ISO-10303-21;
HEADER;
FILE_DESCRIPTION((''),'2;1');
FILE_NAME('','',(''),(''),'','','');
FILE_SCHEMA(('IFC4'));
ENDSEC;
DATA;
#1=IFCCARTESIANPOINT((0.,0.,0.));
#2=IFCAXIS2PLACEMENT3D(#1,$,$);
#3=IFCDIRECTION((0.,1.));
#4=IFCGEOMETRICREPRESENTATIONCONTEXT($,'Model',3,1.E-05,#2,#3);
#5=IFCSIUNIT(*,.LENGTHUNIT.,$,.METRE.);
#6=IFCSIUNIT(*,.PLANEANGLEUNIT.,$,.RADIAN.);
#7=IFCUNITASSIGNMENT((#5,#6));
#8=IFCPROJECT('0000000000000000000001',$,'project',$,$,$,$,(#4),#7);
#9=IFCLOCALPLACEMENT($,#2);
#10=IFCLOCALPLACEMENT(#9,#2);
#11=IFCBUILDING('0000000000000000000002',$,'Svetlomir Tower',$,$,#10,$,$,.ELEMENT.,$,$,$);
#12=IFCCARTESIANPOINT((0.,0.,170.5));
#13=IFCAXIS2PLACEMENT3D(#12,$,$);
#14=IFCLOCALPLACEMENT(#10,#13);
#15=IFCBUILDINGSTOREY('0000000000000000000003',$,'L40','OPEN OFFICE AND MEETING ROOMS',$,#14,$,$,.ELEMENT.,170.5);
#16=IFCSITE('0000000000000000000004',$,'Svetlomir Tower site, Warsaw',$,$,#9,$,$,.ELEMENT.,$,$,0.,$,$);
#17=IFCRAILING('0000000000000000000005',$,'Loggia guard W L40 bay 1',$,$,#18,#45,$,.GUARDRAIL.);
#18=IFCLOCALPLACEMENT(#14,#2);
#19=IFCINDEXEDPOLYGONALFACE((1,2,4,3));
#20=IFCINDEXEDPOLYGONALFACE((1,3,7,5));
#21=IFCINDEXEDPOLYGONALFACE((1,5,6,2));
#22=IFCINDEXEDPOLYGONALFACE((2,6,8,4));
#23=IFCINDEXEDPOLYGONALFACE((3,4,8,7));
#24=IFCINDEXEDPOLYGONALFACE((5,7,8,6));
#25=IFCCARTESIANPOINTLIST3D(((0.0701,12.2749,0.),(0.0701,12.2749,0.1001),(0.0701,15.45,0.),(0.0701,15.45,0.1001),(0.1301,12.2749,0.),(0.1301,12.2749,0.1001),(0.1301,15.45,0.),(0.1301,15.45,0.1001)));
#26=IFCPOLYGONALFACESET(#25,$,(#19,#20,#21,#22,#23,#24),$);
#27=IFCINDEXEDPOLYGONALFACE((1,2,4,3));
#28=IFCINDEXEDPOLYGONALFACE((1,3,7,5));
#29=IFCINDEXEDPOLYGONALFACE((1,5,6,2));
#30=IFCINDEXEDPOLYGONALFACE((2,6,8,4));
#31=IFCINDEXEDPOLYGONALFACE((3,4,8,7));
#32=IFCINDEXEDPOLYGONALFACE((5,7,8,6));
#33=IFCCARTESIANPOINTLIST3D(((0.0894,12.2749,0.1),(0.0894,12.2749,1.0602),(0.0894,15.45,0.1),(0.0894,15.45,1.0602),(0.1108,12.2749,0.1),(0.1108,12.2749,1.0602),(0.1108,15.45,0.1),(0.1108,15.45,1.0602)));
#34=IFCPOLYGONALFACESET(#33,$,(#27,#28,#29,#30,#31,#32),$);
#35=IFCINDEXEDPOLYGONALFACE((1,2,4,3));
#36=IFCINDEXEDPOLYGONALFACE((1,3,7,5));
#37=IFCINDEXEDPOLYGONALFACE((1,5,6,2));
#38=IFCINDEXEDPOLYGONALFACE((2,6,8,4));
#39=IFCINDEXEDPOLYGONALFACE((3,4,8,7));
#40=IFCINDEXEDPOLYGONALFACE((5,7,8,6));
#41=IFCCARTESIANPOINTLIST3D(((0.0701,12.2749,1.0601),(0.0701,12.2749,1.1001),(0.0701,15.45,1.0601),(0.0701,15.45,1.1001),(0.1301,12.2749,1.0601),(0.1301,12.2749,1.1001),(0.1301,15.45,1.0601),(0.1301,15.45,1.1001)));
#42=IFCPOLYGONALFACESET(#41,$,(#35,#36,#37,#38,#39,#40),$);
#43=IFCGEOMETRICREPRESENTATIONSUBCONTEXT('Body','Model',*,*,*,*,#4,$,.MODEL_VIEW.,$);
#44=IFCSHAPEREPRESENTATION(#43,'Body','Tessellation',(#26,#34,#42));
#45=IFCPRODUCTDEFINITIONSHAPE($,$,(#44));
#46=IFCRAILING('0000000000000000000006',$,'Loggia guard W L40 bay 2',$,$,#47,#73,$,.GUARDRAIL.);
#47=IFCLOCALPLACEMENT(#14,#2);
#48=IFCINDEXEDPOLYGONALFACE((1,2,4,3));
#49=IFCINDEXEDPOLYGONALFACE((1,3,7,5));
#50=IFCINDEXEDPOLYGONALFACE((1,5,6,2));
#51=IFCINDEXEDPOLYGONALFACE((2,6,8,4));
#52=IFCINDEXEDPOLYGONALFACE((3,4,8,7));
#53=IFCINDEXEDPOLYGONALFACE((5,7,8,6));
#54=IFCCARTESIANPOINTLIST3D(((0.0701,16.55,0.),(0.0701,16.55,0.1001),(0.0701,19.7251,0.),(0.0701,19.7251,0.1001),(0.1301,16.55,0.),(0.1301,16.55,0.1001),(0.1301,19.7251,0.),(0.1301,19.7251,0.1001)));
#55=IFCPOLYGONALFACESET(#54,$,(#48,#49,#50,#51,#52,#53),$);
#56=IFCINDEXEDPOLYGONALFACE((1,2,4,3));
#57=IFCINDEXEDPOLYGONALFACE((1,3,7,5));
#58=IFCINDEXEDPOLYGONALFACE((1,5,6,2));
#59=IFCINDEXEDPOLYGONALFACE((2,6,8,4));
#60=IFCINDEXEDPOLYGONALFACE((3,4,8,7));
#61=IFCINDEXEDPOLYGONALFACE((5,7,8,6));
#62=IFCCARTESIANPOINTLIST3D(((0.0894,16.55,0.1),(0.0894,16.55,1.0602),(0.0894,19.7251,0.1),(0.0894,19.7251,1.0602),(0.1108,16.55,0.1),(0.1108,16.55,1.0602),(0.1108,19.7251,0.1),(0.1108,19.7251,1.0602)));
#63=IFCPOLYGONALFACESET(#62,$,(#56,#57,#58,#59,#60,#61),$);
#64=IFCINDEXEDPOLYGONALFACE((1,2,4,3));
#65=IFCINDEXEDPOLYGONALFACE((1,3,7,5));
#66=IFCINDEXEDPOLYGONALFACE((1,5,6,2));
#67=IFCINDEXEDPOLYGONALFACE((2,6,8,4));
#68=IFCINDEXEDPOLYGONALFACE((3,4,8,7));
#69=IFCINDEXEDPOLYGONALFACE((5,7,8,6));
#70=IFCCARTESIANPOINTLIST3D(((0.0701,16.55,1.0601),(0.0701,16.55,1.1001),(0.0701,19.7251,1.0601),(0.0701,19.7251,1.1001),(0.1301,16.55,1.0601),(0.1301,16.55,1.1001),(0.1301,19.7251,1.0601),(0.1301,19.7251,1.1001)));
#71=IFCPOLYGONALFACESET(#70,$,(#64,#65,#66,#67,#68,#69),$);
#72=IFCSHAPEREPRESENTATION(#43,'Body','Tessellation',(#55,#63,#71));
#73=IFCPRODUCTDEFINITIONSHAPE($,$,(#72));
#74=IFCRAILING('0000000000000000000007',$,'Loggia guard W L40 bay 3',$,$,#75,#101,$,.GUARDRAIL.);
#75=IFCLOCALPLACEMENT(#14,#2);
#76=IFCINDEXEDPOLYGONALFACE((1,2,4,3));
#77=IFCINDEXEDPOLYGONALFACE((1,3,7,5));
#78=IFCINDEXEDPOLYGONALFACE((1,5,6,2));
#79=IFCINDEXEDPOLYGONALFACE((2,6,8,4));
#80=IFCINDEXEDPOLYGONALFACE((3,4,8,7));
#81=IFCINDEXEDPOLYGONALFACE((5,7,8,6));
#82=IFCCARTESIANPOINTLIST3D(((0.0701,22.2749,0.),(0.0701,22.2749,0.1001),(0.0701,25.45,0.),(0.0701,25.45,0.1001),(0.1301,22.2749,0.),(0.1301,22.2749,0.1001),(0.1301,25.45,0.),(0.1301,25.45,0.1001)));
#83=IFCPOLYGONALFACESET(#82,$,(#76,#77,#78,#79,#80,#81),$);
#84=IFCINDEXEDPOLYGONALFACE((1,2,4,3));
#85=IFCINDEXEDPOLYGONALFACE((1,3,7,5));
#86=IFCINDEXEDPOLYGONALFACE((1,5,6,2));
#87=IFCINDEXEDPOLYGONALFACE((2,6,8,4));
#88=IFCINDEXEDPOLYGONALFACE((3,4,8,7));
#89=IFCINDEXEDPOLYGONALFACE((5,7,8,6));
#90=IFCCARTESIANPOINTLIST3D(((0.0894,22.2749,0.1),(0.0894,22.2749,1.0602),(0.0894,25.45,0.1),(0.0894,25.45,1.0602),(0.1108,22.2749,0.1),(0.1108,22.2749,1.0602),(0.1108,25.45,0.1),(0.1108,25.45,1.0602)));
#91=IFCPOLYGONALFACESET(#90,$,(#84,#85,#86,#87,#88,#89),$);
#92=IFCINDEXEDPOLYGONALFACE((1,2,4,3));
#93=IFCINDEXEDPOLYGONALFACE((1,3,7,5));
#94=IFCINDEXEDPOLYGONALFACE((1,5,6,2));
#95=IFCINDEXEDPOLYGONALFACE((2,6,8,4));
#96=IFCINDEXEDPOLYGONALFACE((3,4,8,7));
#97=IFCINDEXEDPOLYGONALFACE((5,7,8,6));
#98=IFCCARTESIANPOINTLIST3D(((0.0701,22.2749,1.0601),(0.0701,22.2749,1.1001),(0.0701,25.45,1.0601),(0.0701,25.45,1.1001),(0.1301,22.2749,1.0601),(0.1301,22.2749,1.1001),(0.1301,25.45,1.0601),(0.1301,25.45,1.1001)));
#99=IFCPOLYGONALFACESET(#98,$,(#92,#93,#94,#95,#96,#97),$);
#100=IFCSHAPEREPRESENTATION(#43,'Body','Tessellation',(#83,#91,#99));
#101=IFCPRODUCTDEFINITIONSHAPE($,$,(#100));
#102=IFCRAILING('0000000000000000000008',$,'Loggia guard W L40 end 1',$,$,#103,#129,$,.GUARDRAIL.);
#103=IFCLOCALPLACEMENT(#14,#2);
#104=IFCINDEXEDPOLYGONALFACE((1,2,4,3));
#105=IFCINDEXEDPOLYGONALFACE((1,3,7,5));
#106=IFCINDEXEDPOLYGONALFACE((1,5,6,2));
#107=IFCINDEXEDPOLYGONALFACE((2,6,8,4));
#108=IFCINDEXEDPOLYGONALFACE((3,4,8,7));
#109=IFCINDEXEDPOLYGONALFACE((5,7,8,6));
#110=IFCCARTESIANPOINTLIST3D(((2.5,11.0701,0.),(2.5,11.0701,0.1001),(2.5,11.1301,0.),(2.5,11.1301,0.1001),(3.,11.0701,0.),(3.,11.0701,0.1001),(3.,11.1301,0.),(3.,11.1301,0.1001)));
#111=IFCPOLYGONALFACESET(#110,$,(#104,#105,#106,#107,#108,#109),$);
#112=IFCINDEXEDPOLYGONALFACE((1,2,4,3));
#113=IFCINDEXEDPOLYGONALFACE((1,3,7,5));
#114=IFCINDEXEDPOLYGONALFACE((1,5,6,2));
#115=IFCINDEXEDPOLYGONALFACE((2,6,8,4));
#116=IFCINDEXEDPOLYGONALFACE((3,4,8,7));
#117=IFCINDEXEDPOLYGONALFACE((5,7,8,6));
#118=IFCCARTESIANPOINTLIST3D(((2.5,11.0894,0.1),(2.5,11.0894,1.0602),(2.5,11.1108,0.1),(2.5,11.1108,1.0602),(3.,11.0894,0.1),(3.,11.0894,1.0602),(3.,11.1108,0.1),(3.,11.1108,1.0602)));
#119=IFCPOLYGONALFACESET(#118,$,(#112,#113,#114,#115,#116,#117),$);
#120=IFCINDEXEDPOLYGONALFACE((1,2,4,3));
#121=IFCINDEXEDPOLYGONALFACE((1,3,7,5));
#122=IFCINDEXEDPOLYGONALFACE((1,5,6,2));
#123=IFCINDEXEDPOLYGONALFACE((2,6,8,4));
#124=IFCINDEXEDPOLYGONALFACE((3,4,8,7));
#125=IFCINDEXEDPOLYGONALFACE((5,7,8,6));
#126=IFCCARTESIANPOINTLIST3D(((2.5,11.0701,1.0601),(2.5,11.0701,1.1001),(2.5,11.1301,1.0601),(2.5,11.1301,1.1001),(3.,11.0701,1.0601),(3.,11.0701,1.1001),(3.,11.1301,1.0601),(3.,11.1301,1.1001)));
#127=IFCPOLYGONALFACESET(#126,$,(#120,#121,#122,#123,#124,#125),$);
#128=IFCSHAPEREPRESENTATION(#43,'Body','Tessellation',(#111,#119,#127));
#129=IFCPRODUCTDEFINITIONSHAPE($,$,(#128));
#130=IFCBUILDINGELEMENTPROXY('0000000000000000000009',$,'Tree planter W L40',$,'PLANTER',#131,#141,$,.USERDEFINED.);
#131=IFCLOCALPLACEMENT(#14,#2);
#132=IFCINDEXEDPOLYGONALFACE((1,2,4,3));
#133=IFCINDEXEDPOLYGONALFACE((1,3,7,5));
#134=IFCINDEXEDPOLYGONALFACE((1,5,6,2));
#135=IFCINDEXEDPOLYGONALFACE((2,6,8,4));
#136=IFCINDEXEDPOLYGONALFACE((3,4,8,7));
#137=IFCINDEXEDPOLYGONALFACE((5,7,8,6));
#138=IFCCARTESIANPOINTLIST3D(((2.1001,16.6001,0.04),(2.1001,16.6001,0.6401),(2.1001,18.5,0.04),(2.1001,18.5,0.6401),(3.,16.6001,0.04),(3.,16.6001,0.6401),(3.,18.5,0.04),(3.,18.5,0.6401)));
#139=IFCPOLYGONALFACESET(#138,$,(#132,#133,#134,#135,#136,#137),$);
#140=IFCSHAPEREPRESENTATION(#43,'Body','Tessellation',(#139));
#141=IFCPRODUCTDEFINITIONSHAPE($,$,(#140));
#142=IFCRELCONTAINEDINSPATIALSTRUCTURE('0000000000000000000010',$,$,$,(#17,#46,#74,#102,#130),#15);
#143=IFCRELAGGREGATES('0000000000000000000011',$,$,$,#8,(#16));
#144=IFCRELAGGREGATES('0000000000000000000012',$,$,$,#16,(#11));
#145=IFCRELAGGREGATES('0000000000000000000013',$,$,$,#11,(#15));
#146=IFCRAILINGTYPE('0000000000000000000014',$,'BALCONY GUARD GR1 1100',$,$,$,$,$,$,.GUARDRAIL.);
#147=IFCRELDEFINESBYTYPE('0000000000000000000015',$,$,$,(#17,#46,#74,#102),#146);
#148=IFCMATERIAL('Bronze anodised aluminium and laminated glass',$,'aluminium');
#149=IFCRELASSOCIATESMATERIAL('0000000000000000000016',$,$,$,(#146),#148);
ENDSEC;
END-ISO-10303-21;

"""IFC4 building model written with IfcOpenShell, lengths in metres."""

from ifc_helpers import new_model, si_unit, direction, frame, origin, origin_2d, place, context, subcontext, project, spatial, rectangle, extrude, material, type_object, element, save


model = new_model("IFC4")

# Units and contexts
model_context = context("Model", 3, precision=1e-05, world=origin(), true_north=direction((0.0, 1.0)))
body_context = subcontext(model_context, "Body", "Model", "MODEL_VIEW")
ifc_project = project(units=[si_unit("LENGTHUNIT", "METRE"), si_unit("PLANEANGLEUNIT", "RADIAN")], contexts=[model_context])

# Site, building, storey
site_placement = place(None, origin())
site = spatial("IfcSite", under=ifc_project, at=site_placement, Name="Svetlomir Tower site, Warsaw", CompositionType="ELEMENT", RefElevation=0.0)
building_placement = place(site_placement, origin())
building = spatial("IfcBuilding", under=site, at=building_placement, Name="Svetlomir Tower", CompositionType="ELEMENT")
storey_placement = place(building_placement, frame((0.0, 0.0, 170.5)))
storey = spatial("IfcBuildingStorey", under=building, at=storey_placement, Name="L40", Description="OPEN OFFICE AND MEETING ROOMS", CompositionType="ELEMENT", Elevation=170.5)

# Railings
ifc_material_1 = material(Name="Bronze anodised aluminium and laminated glass", Category="aluminium")
railing_type = type_object("IfcRailingType", Name="BALCONY GUARD GR1 1100", PredefinedType="GUARDRAIL", material=ifc_material_1)
for number, where, name in (
    (1, (0.1001, 12.2749, 0.0), "Loggia guard W L40 bay 1"),
    (2, (0.1001, 16.55, 0.0), "Loggia guard W L40 bay 2"),
    (3, (0.1001, 22.2749, 0.0), "Loggia guard W L40 bay 3"),
):
    element("IfcRailing", number, at=place(storey_placement, frame(where)), inside=storey, type_object=railing_type, Name=name, PredefinedType="GUARDRAIL", context=body_context, shape_type="SweptSolid", body=[
        extrude(rectangle(XDim=0.0601, YDim=0.1001, at=origin_2d()), frame((0.0, 0.0, 0.05), z_axis=(0.0, 1.0, 0.0), x_axis=(-1.0, 0.0, 0.0)), (0.0, 0.0, 1.0), 3.175),
        extrude(rectangle(XDim=0.0215, YDim=0.9602, at=origin_2d()), frame((0.0, 0.0, 0.5801), z_axis=(0.0, 1.0, 0.0), x_axis=(-1.0, 0.0, 0.0)), (0.0, 0.0, 1.0), 3.175),
        extrude(rectangle(XDim=0.0601, YDim=0.04, at=origin_2d()), frame((0.0, 0.0, 1.0801), z_axis=(0.0, 1.0, 0.0), x_axis=(-1.0, 0.0, 0.0)), (0.0, 0.0, 1.0), 3.175),
    ])
railing_placement = place(storey_placement, frame((2.5, 11.1001, 0.0)))
element("IfcRailing", 4, at=railing_placement, inside=storey, type_object=railing_type, Name="Loggia guard W L40 end 1", PredefinedType="GUARDRAIL", context=body_context, shape_type="SweptSolid", body=[
    extrude(rectangle(XDim=0.0601, YDim=0.1001, at=origin_2d()), frame((0.0, 0.0, 0.05), z_axis=(1.0, 0.0, 0.0), x_axis=(0.0, 1.0, 0.0)), (0.0, 0.0, 1.0), 0.5),
    extrude(rectangle(XDim=0.0215, YDim=0.9602, at=origin_2d()), frame((0.0, 0.0, 0.5801), z_axis=(1.0, 0.0, 0.0), x_axis=(0.0, 1.0, 0.0)), (0.0, 0.0, 1.0), 0.5),
    extrude(rectangle(XDim=0.0601, YDim=0.04, at=origin_2d()), frame((0.0, 0.0, 1.0801), z_axis=(1.0, 0.0, 0.0), x_axis=(0.0, 1.0, 0.0)), (0.0, 0.0, 1.0), 0.5),
])

# Building element proxy
proxy_placement = place(storey_placement, frame((2.55, 17.55, 0.04), z_axis=(0.0, 0.0, 1.0), x_axis=(1.0, 0.0, 0.0)))
element("IfcBuildingElementProxy", 5, at=proxy_placement, inside=storey, Name="Tree planter W L40", ObjectType="PLANTER", PredefinedType="USERDEFINED", context=body_context, shape_type="SweptSolid", body=[
    extrude(rectangle(XDim=0.8999, YDim=1.8999, at=origin_2d()), origin(), (0.0, 0.0, 1.0), 0.6001),
])

save(model, "model.ifc")
